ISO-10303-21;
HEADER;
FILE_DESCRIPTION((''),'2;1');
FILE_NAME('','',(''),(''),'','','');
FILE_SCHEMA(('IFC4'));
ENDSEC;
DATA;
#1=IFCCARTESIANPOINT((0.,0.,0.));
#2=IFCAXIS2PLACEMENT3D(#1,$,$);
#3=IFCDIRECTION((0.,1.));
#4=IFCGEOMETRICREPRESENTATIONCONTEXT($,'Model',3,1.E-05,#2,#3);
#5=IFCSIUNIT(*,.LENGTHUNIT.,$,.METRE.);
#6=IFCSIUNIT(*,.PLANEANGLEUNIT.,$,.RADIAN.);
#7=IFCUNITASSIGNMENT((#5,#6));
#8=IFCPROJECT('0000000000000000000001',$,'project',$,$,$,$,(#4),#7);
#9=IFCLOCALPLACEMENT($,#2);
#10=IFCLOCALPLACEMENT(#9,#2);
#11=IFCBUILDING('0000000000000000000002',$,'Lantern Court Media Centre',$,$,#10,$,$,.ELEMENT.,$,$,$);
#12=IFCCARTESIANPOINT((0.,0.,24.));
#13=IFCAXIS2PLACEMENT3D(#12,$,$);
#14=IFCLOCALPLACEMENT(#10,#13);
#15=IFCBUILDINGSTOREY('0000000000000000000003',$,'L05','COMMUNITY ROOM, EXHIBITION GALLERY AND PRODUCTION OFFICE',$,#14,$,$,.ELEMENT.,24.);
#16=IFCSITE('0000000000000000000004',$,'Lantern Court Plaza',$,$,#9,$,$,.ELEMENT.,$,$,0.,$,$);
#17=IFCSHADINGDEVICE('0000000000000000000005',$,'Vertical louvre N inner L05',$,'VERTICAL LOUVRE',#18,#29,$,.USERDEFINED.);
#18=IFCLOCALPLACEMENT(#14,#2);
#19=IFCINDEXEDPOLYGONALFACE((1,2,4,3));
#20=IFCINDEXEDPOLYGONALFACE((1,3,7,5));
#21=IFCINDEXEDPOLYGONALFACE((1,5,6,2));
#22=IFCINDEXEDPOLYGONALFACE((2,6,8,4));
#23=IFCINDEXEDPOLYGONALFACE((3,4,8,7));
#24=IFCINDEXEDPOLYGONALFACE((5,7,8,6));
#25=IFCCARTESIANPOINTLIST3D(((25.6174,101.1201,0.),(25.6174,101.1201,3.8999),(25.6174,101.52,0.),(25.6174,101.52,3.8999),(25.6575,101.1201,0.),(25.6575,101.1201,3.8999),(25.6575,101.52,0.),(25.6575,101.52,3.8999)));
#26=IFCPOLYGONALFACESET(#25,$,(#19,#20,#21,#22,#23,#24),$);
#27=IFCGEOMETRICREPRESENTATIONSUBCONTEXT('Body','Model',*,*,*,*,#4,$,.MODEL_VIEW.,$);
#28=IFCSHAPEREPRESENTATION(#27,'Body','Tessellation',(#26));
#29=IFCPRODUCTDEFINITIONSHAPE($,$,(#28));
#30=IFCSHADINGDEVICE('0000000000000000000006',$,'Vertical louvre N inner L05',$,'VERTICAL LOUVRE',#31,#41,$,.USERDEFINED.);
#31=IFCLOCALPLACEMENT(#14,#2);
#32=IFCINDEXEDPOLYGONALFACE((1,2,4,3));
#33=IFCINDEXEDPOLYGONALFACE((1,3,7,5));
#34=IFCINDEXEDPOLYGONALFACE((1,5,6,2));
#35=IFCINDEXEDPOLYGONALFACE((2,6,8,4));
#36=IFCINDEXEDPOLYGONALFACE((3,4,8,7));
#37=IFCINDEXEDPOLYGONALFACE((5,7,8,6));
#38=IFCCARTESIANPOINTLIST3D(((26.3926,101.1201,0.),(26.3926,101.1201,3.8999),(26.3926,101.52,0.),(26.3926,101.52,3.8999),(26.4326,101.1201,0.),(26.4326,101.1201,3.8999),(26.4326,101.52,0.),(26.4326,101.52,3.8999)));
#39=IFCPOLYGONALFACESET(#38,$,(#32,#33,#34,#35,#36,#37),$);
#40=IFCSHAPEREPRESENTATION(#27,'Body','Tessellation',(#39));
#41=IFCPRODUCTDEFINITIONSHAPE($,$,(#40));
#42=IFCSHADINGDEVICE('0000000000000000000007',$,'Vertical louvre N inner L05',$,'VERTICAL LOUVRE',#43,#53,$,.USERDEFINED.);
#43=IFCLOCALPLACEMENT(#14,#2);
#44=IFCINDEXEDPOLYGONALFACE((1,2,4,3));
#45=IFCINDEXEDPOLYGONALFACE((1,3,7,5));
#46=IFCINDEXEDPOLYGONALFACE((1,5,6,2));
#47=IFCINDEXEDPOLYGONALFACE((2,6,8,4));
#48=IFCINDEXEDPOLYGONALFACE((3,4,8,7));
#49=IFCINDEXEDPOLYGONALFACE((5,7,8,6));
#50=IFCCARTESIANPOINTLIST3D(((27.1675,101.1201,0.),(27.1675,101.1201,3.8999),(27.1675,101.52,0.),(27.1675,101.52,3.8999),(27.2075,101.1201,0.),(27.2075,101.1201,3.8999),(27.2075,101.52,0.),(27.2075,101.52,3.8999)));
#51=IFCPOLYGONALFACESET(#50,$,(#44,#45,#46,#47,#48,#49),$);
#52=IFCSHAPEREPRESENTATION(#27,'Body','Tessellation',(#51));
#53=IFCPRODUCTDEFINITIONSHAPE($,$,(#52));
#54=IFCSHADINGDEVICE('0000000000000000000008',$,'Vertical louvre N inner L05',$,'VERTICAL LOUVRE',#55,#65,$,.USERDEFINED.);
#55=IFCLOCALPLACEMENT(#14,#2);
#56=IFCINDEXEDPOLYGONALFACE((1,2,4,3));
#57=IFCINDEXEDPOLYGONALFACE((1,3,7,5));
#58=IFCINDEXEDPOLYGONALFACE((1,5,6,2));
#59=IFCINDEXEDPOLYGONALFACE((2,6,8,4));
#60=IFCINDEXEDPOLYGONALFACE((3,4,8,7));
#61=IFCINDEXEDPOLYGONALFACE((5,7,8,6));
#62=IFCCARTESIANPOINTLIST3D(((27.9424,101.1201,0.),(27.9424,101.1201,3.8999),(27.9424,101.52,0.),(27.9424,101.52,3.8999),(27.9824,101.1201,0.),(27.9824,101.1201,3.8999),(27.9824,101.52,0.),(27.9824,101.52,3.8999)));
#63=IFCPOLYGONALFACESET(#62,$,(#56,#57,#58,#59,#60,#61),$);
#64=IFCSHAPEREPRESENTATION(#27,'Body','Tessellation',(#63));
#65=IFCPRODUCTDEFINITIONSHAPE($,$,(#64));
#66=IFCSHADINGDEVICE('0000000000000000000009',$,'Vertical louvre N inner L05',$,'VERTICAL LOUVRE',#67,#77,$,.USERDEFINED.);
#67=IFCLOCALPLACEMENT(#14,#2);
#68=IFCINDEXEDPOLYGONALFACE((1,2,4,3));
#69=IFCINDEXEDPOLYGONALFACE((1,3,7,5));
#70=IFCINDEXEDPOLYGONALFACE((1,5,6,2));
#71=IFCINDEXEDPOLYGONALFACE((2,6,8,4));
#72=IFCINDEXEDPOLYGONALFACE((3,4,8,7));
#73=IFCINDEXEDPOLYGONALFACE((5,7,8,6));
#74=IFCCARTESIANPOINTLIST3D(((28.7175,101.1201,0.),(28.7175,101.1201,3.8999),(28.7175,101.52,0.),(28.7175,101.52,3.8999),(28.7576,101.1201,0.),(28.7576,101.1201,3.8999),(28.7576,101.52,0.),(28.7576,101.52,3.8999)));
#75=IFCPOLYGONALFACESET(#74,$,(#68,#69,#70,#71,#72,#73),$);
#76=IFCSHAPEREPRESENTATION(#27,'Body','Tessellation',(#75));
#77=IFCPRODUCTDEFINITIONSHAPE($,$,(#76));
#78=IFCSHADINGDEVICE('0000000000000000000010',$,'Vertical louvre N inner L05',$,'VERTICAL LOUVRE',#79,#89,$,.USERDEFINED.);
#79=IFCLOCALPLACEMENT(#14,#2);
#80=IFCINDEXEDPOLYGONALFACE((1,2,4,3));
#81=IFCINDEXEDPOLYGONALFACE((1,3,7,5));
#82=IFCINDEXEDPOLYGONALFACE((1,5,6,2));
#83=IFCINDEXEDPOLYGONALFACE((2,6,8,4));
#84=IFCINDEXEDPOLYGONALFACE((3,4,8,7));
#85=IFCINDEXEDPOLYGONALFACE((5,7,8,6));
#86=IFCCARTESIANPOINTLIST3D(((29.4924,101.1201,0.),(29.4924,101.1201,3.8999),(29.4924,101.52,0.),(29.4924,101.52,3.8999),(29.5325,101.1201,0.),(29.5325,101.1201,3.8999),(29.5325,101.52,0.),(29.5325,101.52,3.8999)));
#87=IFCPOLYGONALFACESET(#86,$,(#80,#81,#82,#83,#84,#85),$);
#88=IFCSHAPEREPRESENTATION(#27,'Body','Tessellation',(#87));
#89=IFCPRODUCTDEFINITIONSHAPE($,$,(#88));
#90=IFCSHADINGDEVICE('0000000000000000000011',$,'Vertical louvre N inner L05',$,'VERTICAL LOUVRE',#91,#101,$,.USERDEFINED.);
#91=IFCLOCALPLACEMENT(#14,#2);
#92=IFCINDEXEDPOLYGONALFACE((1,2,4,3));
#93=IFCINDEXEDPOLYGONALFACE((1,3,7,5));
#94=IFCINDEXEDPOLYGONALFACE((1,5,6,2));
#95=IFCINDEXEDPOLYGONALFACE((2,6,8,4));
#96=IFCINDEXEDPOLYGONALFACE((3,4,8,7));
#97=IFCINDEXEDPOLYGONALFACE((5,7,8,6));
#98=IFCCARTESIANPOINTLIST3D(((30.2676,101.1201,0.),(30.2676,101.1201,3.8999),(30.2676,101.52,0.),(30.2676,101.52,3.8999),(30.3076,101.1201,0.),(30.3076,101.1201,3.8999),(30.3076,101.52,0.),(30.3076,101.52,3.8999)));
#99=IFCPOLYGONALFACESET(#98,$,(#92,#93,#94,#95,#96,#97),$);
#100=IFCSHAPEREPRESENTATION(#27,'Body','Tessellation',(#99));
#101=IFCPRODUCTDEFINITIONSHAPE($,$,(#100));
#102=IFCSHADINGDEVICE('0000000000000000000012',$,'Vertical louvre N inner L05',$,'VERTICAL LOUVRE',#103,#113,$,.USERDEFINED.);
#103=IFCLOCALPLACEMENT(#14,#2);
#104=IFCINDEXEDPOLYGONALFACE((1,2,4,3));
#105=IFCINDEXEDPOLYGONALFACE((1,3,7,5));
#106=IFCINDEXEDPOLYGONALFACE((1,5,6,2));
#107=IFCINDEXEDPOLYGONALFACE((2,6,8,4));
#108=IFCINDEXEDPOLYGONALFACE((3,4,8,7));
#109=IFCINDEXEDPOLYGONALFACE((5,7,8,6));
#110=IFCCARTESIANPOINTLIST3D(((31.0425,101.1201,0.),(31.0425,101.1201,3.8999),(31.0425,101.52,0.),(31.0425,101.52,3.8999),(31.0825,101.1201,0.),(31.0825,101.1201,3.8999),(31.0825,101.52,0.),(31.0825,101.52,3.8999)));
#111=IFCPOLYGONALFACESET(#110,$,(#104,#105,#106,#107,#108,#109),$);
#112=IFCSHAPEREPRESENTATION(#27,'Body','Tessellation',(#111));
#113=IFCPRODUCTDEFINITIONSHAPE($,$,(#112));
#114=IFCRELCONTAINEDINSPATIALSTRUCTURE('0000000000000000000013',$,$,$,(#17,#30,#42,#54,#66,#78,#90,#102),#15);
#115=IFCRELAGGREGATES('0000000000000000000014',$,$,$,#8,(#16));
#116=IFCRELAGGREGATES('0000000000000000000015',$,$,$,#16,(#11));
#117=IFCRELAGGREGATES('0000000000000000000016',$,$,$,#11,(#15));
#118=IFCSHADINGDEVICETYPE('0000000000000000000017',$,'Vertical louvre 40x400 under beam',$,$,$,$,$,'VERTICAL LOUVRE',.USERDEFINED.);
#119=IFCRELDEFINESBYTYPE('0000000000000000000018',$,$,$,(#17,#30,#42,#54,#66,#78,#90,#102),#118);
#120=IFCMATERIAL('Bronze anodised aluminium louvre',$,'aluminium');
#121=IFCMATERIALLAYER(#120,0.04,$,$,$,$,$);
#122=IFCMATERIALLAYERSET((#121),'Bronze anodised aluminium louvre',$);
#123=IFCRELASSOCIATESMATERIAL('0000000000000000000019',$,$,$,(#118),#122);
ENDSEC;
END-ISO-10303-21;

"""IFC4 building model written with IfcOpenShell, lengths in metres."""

from ifc_helpers import new_model, si_unit, direction, frame, origin, origin_2d, place, context, subcontext, project, spatial, rectangle, extrude, material, layer, layer_set, type_object, element, save


model = new_model("IFC4")

# Units and contexts
model_context = context("Model", 3, precision=1e-05, world=origin(), true_north=direction((0.0, 1.0)))
body_context = subcontext(model_context, "Body", "Model", "MODEL_VIEW")
ifc_project = project(units=[si_unit("LENGTHUNIT", "METRE"), si_unit("PLANEANGLEUNIT", "RADIAN")], contexts=[model_context])

# Site, building, storey
site_placement = place(None, origin())
site = spatial("IfcSite", under=ifc_project, at=site_placement, Name="Lantern Court Plaza", CompositionType="ELEMENT", RefElevation=0.0)
building_placement = place(site_placement, origin())
building = spatial("IfcBuilding", under=site, at=building_placement, Name="Lantern Court Media Centre", CompositionType="ELEMENT")
storey_placement = place(building_placement, frame((0.0, 0.0, 24.0)))
storey = spatial("IfcBuildingStorey", under=building, at=storey_placement, Name="L05", Description="COMMUNITY ROOM, EXHIBITION GALLERY AND PRODUCTION OFFICE", CompositionType="ELEMENT", Elevation=24.0)

# Shading devices
ifc_material_1 = material(Name="Bronze anodised aluminium louvre", Category="aluminium")
ifc_layer_1 = layer(ifc_material_1, 0.04)
ifc_layer_set_1 = layer_set([ifc_layer_1], Name="Bronze anodised aluminium louvre")
shading_device_type = type_object("IfcShadingDeviceType", Name="Vertical louvre 40x400 under beam", ElementType="VERTICAL LOUVRE", PredefinedType="USERDEFINED", material=ifc_layer_set_1)
for number, where, z_axis, x_axis, name in (
    (1, (25.6375, 101.3201, 0.0), (0.0, 0.0, 1.0), (1.0, 0.0, 0.0), "Vertical louvre N inner L05"),
    (2, (26.4126, 101.3201, 0.0), (0.0, 0.0, 1.0), (1.0, 0.0, 0.0), "Vertical louvre N inner L05"),
    (3, (27.1875, 101.3201, 0.0), (0.0, 0.0, 1.0), (1.0, 0.0, 0.0), "Vertical louvre N inner L05"),
    (4, (27.9624, 101.3201, 0.0), (0.0, 0.0, 1.0), (1.0, 0.0, 0.0), "Vertical louvre N inner L05"),
    (5, (28.7375, 101.3201, 0.0), (0.0, 0.0, 1.0), (1.0, 0.0, 0.0), "Vertical louvre N inner L05"),
    (6, (29.5125, 101.3201, 0.0), (0.0, 0.0, 1.0), (1.0, 0.0, 0.0), "Vertical louvre N inner L05"),
    (7, (30.2876, 101.3201, 0.0), (0.0, 0.0, 1.0), (1.0, 0.0, 0.0), "Vertical louvre N inner L05"),
    (8, (31.0625, 101.3201, 0.0), (0.0, 0.0, 1.0), (1.0, 0.0, 0.0), "Vertical louvre N inner L05"),
):
    element("IfcShadingDevice", number, at=place(storey_placement, frame(where, z_axis=z_axis, x_axis=x_axis)), inside=storey, type_object=shading_device_type, Name=name, ObjectType="VERTICAL LOUVRE", PredefinedType="USERDEFINED", context=body_context, shape_type="SweptSolid", body=[
        extrude(rectangle(XDim=0.04, YDim=0.3999, at=origin_2d()), origin(), (0.0, 0.0, 1.0), 3.8999),
    ])

save(model, "model.ifc")
